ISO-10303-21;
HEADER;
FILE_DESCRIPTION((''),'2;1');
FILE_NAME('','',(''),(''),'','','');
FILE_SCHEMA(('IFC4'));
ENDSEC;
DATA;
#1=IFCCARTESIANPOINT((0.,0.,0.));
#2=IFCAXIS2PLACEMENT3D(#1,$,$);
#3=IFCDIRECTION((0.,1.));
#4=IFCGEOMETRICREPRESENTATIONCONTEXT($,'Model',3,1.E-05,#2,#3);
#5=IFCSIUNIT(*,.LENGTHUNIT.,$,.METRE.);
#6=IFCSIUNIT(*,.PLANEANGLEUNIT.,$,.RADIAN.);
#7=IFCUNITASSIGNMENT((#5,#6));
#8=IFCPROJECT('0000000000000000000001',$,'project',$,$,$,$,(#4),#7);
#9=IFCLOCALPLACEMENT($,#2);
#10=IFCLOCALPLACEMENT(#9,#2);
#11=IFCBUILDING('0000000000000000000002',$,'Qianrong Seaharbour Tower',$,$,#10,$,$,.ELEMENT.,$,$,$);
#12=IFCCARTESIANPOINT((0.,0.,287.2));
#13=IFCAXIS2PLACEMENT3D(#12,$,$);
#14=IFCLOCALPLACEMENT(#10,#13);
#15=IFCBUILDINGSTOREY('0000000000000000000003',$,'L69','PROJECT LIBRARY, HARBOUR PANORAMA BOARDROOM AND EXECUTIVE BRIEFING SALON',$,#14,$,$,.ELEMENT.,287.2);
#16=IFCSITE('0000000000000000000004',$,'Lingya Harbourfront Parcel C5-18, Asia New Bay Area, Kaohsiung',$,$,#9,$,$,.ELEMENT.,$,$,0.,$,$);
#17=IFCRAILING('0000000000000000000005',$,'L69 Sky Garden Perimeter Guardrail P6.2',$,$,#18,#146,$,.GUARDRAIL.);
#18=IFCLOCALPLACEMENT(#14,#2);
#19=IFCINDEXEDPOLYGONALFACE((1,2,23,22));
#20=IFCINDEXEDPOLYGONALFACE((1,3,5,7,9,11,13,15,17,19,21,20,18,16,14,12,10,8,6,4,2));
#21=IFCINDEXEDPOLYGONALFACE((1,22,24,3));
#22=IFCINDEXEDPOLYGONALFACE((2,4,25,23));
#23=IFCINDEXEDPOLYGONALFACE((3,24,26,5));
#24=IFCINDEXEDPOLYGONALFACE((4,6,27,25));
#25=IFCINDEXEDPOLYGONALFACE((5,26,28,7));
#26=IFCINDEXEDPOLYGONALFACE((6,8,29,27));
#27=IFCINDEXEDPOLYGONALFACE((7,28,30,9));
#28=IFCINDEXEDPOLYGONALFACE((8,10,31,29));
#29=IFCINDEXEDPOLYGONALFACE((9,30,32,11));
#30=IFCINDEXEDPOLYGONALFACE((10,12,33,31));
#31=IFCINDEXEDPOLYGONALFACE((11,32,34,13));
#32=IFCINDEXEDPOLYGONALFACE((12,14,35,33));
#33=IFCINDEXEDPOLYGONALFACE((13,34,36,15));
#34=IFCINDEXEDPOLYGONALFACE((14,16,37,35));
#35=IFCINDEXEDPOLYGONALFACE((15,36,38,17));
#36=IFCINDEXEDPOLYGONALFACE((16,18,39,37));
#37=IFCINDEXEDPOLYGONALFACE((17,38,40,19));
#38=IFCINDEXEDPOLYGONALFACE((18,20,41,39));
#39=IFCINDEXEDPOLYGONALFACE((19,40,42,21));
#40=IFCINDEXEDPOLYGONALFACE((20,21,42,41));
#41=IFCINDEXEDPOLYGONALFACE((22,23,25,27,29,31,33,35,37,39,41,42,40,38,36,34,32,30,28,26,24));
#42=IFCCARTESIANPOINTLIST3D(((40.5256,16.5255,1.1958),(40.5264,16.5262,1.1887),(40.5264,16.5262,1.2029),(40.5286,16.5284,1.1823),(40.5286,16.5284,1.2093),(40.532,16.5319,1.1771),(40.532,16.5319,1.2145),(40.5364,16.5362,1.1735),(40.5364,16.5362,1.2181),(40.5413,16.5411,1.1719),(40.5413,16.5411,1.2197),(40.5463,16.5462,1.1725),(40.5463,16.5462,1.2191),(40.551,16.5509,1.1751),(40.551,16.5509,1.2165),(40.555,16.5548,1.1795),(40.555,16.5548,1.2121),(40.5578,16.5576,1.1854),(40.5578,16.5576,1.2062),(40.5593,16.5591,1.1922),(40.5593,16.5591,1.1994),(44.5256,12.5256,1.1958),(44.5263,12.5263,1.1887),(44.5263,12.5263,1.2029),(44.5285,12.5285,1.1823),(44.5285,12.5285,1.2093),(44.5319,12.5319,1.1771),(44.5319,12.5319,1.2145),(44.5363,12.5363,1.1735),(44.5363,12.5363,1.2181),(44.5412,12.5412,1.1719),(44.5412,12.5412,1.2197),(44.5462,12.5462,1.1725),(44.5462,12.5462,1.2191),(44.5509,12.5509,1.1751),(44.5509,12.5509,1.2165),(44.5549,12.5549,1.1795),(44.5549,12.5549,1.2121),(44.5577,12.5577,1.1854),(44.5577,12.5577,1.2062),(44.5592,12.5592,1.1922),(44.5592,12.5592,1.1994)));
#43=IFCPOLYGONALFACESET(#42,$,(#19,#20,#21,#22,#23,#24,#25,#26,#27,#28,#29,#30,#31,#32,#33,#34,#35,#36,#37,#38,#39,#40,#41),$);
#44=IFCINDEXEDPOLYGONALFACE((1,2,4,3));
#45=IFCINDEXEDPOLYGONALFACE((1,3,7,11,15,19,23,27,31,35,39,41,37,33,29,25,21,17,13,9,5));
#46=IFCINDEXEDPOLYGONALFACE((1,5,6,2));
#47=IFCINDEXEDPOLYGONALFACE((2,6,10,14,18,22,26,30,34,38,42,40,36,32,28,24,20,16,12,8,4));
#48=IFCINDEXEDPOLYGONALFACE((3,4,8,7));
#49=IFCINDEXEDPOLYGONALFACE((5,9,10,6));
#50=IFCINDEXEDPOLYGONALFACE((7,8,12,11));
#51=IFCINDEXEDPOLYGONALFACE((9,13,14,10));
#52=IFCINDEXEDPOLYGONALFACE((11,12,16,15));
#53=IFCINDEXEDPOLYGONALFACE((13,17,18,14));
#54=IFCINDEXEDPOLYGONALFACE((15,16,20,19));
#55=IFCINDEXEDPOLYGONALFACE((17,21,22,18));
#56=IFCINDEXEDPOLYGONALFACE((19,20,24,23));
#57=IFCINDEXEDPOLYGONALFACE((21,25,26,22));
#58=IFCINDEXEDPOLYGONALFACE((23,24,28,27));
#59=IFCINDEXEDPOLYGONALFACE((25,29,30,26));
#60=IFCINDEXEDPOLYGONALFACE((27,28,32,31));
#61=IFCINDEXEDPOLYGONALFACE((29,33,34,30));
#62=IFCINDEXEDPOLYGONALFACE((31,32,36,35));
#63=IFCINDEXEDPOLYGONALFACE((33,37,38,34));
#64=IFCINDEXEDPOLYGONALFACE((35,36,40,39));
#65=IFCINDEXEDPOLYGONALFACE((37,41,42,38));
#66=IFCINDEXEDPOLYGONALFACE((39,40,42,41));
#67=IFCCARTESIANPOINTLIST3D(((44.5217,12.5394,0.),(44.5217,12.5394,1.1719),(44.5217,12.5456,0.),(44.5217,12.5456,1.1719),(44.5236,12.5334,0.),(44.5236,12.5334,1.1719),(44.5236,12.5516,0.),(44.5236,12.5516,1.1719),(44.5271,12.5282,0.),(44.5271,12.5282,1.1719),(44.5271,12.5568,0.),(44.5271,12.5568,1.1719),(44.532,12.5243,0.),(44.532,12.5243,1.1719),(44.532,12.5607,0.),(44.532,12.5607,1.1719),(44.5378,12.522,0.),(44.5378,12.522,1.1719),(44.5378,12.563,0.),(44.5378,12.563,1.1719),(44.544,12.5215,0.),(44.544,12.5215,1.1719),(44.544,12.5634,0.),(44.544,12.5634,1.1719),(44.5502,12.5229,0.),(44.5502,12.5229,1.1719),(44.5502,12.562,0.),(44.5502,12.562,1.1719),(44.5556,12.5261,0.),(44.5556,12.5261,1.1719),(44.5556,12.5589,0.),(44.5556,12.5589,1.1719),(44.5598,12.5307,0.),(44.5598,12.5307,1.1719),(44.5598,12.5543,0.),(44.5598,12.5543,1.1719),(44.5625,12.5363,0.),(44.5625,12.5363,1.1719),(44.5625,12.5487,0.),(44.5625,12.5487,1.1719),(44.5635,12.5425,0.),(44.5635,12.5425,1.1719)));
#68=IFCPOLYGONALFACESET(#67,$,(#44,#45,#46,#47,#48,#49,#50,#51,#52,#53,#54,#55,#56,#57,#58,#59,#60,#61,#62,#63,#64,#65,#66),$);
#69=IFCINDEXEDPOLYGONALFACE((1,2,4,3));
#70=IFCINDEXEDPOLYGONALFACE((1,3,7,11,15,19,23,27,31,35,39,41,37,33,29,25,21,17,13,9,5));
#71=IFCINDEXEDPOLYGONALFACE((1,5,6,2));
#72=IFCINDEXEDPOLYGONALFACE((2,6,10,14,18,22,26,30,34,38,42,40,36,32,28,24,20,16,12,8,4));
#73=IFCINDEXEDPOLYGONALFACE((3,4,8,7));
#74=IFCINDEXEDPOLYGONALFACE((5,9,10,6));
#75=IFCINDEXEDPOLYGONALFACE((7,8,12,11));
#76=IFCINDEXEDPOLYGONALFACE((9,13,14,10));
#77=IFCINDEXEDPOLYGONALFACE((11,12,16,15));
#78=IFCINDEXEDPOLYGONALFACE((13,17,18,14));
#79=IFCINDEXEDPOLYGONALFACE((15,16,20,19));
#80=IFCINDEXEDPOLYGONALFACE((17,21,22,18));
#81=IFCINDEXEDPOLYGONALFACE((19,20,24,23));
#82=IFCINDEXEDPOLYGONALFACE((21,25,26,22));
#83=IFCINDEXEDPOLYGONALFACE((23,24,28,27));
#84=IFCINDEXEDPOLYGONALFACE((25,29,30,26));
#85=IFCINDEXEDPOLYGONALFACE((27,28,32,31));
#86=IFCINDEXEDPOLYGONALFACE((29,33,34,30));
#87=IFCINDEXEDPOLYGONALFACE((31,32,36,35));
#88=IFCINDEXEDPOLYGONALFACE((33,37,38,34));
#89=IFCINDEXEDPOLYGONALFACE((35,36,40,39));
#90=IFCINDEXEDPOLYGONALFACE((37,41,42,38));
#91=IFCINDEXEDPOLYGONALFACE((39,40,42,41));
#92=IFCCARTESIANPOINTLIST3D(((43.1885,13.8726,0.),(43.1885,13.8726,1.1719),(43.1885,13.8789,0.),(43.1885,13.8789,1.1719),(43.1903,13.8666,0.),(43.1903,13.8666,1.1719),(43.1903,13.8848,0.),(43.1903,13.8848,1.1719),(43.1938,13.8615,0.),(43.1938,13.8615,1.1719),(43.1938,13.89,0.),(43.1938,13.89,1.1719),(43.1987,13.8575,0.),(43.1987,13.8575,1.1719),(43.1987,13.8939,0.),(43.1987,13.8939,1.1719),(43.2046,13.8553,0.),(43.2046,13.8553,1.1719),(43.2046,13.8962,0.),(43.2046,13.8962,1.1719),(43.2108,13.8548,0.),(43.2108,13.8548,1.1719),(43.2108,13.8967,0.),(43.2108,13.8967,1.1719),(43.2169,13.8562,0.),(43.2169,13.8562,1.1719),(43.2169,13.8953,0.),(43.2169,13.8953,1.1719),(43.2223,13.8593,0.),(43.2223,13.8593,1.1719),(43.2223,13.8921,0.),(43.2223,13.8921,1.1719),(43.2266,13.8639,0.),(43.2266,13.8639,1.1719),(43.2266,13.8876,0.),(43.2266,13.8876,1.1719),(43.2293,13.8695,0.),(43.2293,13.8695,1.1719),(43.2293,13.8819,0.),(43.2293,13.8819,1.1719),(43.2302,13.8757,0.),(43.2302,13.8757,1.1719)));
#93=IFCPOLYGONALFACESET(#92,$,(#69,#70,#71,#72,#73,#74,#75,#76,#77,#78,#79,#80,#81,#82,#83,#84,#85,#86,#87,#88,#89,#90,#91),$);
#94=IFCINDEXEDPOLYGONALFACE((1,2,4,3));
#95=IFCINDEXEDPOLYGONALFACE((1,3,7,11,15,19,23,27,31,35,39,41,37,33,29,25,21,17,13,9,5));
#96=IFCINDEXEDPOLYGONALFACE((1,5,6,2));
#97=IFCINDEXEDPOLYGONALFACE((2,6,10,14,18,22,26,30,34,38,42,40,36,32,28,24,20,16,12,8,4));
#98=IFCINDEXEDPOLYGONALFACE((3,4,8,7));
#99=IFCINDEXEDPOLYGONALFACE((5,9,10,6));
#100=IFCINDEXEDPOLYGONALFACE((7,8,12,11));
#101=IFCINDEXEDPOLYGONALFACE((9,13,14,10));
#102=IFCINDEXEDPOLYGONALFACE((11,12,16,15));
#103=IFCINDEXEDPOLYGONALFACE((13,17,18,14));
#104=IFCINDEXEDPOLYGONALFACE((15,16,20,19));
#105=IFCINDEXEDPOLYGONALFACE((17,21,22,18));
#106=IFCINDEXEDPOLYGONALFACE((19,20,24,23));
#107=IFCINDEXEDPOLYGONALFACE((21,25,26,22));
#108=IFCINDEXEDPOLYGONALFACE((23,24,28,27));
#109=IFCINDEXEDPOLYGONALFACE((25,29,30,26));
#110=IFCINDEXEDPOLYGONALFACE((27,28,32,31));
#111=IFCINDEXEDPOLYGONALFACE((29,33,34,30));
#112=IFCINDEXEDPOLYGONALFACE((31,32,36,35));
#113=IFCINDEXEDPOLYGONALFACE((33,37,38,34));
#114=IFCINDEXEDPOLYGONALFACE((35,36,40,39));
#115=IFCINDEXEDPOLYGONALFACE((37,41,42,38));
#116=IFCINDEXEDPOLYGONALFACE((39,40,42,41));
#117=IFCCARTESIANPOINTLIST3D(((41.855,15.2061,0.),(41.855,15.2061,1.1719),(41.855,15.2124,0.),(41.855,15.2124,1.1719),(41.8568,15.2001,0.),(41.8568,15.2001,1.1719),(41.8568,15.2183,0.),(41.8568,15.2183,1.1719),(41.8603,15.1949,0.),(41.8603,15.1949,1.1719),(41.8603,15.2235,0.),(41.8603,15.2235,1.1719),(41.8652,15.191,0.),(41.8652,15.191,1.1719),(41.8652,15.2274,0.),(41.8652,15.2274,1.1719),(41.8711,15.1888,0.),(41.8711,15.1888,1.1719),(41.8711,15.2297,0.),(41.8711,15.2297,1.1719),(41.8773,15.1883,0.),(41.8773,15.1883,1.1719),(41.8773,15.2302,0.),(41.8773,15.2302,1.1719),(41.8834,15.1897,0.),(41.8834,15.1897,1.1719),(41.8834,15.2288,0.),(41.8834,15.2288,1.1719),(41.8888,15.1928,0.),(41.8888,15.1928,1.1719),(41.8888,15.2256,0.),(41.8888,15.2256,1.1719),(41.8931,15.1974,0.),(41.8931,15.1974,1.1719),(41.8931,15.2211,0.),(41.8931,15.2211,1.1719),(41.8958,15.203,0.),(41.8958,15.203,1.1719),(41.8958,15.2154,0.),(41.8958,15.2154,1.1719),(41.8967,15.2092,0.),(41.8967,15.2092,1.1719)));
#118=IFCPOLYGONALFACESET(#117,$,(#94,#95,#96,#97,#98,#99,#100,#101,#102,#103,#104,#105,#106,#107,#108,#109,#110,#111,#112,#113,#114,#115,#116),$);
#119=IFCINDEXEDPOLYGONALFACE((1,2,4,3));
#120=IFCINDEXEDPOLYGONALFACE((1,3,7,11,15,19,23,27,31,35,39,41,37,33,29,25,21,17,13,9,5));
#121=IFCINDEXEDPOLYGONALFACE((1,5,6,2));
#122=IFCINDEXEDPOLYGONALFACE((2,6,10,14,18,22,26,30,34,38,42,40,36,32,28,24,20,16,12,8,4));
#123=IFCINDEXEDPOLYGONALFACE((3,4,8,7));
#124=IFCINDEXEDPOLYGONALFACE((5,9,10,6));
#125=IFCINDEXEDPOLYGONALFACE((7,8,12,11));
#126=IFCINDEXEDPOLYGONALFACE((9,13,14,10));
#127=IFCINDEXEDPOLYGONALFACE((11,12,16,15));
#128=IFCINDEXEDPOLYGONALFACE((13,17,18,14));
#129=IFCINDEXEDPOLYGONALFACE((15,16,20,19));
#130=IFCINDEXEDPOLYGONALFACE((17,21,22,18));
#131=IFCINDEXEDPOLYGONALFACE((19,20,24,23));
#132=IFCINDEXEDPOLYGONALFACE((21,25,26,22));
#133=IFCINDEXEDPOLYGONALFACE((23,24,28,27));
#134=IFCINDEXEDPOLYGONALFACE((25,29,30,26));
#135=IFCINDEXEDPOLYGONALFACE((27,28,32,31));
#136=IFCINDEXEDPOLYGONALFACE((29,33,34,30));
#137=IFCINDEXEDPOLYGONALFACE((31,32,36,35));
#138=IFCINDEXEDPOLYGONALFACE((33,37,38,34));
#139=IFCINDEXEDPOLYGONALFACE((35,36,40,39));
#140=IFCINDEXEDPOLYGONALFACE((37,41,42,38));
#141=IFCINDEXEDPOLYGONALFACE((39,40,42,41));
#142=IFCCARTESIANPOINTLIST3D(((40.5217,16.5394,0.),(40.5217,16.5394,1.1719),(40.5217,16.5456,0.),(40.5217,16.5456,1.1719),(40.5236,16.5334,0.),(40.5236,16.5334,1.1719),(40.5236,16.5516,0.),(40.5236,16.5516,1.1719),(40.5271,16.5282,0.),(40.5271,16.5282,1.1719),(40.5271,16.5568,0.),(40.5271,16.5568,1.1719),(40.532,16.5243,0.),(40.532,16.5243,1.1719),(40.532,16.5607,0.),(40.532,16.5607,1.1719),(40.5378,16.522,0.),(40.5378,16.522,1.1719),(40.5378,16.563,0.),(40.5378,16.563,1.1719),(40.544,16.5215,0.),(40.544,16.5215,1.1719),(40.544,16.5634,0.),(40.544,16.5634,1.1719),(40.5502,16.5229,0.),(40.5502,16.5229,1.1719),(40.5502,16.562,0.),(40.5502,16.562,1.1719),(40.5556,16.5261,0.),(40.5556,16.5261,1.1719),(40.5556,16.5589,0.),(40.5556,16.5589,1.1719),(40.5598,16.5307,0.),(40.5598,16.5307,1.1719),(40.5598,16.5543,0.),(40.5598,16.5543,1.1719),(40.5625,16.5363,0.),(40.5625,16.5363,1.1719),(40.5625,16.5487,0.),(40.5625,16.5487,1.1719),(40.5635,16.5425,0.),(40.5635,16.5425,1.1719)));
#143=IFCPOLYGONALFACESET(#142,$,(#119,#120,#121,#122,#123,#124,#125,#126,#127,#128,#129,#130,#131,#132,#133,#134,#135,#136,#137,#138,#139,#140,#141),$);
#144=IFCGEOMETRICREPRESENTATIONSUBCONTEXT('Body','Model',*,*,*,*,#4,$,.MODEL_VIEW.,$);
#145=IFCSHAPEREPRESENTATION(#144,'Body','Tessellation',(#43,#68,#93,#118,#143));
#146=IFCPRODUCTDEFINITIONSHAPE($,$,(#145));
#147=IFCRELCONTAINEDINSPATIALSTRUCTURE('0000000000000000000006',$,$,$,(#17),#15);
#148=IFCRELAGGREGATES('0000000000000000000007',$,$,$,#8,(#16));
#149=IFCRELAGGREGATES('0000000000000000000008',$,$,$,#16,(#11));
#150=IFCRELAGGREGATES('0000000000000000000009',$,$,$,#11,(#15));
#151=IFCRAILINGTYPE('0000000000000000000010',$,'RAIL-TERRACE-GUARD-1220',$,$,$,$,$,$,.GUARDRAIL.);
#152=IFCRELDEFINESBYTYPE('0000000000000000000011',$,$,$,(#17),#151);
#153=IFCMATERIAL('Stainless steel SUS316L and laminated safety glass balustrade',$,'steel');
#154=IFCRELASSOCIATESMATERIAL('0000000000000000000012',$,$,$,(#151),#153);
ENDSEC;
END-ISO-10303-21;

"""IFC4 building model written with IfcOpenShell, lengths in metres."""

from ifc_helpers import new_model, si_unit, direction, frame, origin, origin_2d, place, context, subcontext, project, spatial, circle, extrude, material, type_object, element, save


model = new_model("IFC4")

# Units and contexts
model_context = context("Model", 3, precision=1e-05, world=origin(), true_north=direction((0.0, 1.0)))
body_context = subcontext(model_context, "Body", "Model", "MODEL_VIEW")
ifc_project = project(units=[si_unit("LENGTHUNIT", "METRE"), si_unit("PLANEANGLEUNIT", "RADIAN")], contexts=[model_context])

# Site, building, storey
site_placement = place(None, origin())
site = spatial("IfcSite", under=ifc_project, at=site_placement, Name="Lingya Harbourfront Parcel C5-18, Asia New Bay Area, Kaohsiung", CompositionType="ELEMENT", RefElevation=0.0)
building_placement = place(site_placement, origin())
building = spatial("IfcBuilding", under=site, at=building_placement, Name="Qianrong Seaharbour Tower", CompositionType="ELEMENT")
storey_placement = place(building_placement, frame((0.0, 0.0, 287.2)))
storey = spatial("IfcBuildingStorey", under=building, at=storey_placement, Name="L69", Description="PROJECT LIBRARY, HARBOUR PANORAMA BOARDROOM AND EXECUTIVE BRIEFING SALON", CompositionType="ELEMENT", Elevation=287.2)

# Railing
ifc_material_1 = material(Name="Stainless steel SUS316L and laminated safety glass balustrade", Category="steel")
railing_type = type_object("IfcRailingType", Name="RAIL-TERRACE-GUARD-1220", PredefinedType="GUARDRAIL", material=ifc_material_1)
railing_1_placement = place(storey_placement, frame((44.5425, 12.5425, 0.0)))
element("IfcRailing", 1, at=railing_1_placement, inside=storey, type_object=railing_type, Name="L69 Sky Garden Perimeter Guardrail P6.2", PredefinedType="GUARDRAIL", context=body_context, shape_type="SweptSolid", body=[
    extrude(circle(Radius=0.0239, at=origin_2d()), frame((0.0, 0.0, 1.1958), z_axis=(-0.707107, 0.707107, 0.0), x_axis=(-0.707107, -0.707107, 0.0)), (0.0, 0.0, 1.0), 5.6567),
    extrude(circle(Radius=0.021, at=origin_2d()), origin(), (0.0, 0.0, 1.0), 1.1719),
    extrude(circle(Radius=0.021, at=origin_2d()), frame((-1.3333, 1.3333, 0.0)), (0.0, 0.0, 1.0), 1.1719),
    extrude(circle(Radius=0.021, at=origin_2d()), frame((-2.6667, 2.6667, 0.0)), (0.0, 0.0, 1.0), 1.1719),
    extrude(circle(Radius=0.021, at=origin_2d()), frame((-4.0, 4.0, 0.0)), (0.0, 0.0, 1.0), 1.1719),
])

save(model, "model.ifc")
